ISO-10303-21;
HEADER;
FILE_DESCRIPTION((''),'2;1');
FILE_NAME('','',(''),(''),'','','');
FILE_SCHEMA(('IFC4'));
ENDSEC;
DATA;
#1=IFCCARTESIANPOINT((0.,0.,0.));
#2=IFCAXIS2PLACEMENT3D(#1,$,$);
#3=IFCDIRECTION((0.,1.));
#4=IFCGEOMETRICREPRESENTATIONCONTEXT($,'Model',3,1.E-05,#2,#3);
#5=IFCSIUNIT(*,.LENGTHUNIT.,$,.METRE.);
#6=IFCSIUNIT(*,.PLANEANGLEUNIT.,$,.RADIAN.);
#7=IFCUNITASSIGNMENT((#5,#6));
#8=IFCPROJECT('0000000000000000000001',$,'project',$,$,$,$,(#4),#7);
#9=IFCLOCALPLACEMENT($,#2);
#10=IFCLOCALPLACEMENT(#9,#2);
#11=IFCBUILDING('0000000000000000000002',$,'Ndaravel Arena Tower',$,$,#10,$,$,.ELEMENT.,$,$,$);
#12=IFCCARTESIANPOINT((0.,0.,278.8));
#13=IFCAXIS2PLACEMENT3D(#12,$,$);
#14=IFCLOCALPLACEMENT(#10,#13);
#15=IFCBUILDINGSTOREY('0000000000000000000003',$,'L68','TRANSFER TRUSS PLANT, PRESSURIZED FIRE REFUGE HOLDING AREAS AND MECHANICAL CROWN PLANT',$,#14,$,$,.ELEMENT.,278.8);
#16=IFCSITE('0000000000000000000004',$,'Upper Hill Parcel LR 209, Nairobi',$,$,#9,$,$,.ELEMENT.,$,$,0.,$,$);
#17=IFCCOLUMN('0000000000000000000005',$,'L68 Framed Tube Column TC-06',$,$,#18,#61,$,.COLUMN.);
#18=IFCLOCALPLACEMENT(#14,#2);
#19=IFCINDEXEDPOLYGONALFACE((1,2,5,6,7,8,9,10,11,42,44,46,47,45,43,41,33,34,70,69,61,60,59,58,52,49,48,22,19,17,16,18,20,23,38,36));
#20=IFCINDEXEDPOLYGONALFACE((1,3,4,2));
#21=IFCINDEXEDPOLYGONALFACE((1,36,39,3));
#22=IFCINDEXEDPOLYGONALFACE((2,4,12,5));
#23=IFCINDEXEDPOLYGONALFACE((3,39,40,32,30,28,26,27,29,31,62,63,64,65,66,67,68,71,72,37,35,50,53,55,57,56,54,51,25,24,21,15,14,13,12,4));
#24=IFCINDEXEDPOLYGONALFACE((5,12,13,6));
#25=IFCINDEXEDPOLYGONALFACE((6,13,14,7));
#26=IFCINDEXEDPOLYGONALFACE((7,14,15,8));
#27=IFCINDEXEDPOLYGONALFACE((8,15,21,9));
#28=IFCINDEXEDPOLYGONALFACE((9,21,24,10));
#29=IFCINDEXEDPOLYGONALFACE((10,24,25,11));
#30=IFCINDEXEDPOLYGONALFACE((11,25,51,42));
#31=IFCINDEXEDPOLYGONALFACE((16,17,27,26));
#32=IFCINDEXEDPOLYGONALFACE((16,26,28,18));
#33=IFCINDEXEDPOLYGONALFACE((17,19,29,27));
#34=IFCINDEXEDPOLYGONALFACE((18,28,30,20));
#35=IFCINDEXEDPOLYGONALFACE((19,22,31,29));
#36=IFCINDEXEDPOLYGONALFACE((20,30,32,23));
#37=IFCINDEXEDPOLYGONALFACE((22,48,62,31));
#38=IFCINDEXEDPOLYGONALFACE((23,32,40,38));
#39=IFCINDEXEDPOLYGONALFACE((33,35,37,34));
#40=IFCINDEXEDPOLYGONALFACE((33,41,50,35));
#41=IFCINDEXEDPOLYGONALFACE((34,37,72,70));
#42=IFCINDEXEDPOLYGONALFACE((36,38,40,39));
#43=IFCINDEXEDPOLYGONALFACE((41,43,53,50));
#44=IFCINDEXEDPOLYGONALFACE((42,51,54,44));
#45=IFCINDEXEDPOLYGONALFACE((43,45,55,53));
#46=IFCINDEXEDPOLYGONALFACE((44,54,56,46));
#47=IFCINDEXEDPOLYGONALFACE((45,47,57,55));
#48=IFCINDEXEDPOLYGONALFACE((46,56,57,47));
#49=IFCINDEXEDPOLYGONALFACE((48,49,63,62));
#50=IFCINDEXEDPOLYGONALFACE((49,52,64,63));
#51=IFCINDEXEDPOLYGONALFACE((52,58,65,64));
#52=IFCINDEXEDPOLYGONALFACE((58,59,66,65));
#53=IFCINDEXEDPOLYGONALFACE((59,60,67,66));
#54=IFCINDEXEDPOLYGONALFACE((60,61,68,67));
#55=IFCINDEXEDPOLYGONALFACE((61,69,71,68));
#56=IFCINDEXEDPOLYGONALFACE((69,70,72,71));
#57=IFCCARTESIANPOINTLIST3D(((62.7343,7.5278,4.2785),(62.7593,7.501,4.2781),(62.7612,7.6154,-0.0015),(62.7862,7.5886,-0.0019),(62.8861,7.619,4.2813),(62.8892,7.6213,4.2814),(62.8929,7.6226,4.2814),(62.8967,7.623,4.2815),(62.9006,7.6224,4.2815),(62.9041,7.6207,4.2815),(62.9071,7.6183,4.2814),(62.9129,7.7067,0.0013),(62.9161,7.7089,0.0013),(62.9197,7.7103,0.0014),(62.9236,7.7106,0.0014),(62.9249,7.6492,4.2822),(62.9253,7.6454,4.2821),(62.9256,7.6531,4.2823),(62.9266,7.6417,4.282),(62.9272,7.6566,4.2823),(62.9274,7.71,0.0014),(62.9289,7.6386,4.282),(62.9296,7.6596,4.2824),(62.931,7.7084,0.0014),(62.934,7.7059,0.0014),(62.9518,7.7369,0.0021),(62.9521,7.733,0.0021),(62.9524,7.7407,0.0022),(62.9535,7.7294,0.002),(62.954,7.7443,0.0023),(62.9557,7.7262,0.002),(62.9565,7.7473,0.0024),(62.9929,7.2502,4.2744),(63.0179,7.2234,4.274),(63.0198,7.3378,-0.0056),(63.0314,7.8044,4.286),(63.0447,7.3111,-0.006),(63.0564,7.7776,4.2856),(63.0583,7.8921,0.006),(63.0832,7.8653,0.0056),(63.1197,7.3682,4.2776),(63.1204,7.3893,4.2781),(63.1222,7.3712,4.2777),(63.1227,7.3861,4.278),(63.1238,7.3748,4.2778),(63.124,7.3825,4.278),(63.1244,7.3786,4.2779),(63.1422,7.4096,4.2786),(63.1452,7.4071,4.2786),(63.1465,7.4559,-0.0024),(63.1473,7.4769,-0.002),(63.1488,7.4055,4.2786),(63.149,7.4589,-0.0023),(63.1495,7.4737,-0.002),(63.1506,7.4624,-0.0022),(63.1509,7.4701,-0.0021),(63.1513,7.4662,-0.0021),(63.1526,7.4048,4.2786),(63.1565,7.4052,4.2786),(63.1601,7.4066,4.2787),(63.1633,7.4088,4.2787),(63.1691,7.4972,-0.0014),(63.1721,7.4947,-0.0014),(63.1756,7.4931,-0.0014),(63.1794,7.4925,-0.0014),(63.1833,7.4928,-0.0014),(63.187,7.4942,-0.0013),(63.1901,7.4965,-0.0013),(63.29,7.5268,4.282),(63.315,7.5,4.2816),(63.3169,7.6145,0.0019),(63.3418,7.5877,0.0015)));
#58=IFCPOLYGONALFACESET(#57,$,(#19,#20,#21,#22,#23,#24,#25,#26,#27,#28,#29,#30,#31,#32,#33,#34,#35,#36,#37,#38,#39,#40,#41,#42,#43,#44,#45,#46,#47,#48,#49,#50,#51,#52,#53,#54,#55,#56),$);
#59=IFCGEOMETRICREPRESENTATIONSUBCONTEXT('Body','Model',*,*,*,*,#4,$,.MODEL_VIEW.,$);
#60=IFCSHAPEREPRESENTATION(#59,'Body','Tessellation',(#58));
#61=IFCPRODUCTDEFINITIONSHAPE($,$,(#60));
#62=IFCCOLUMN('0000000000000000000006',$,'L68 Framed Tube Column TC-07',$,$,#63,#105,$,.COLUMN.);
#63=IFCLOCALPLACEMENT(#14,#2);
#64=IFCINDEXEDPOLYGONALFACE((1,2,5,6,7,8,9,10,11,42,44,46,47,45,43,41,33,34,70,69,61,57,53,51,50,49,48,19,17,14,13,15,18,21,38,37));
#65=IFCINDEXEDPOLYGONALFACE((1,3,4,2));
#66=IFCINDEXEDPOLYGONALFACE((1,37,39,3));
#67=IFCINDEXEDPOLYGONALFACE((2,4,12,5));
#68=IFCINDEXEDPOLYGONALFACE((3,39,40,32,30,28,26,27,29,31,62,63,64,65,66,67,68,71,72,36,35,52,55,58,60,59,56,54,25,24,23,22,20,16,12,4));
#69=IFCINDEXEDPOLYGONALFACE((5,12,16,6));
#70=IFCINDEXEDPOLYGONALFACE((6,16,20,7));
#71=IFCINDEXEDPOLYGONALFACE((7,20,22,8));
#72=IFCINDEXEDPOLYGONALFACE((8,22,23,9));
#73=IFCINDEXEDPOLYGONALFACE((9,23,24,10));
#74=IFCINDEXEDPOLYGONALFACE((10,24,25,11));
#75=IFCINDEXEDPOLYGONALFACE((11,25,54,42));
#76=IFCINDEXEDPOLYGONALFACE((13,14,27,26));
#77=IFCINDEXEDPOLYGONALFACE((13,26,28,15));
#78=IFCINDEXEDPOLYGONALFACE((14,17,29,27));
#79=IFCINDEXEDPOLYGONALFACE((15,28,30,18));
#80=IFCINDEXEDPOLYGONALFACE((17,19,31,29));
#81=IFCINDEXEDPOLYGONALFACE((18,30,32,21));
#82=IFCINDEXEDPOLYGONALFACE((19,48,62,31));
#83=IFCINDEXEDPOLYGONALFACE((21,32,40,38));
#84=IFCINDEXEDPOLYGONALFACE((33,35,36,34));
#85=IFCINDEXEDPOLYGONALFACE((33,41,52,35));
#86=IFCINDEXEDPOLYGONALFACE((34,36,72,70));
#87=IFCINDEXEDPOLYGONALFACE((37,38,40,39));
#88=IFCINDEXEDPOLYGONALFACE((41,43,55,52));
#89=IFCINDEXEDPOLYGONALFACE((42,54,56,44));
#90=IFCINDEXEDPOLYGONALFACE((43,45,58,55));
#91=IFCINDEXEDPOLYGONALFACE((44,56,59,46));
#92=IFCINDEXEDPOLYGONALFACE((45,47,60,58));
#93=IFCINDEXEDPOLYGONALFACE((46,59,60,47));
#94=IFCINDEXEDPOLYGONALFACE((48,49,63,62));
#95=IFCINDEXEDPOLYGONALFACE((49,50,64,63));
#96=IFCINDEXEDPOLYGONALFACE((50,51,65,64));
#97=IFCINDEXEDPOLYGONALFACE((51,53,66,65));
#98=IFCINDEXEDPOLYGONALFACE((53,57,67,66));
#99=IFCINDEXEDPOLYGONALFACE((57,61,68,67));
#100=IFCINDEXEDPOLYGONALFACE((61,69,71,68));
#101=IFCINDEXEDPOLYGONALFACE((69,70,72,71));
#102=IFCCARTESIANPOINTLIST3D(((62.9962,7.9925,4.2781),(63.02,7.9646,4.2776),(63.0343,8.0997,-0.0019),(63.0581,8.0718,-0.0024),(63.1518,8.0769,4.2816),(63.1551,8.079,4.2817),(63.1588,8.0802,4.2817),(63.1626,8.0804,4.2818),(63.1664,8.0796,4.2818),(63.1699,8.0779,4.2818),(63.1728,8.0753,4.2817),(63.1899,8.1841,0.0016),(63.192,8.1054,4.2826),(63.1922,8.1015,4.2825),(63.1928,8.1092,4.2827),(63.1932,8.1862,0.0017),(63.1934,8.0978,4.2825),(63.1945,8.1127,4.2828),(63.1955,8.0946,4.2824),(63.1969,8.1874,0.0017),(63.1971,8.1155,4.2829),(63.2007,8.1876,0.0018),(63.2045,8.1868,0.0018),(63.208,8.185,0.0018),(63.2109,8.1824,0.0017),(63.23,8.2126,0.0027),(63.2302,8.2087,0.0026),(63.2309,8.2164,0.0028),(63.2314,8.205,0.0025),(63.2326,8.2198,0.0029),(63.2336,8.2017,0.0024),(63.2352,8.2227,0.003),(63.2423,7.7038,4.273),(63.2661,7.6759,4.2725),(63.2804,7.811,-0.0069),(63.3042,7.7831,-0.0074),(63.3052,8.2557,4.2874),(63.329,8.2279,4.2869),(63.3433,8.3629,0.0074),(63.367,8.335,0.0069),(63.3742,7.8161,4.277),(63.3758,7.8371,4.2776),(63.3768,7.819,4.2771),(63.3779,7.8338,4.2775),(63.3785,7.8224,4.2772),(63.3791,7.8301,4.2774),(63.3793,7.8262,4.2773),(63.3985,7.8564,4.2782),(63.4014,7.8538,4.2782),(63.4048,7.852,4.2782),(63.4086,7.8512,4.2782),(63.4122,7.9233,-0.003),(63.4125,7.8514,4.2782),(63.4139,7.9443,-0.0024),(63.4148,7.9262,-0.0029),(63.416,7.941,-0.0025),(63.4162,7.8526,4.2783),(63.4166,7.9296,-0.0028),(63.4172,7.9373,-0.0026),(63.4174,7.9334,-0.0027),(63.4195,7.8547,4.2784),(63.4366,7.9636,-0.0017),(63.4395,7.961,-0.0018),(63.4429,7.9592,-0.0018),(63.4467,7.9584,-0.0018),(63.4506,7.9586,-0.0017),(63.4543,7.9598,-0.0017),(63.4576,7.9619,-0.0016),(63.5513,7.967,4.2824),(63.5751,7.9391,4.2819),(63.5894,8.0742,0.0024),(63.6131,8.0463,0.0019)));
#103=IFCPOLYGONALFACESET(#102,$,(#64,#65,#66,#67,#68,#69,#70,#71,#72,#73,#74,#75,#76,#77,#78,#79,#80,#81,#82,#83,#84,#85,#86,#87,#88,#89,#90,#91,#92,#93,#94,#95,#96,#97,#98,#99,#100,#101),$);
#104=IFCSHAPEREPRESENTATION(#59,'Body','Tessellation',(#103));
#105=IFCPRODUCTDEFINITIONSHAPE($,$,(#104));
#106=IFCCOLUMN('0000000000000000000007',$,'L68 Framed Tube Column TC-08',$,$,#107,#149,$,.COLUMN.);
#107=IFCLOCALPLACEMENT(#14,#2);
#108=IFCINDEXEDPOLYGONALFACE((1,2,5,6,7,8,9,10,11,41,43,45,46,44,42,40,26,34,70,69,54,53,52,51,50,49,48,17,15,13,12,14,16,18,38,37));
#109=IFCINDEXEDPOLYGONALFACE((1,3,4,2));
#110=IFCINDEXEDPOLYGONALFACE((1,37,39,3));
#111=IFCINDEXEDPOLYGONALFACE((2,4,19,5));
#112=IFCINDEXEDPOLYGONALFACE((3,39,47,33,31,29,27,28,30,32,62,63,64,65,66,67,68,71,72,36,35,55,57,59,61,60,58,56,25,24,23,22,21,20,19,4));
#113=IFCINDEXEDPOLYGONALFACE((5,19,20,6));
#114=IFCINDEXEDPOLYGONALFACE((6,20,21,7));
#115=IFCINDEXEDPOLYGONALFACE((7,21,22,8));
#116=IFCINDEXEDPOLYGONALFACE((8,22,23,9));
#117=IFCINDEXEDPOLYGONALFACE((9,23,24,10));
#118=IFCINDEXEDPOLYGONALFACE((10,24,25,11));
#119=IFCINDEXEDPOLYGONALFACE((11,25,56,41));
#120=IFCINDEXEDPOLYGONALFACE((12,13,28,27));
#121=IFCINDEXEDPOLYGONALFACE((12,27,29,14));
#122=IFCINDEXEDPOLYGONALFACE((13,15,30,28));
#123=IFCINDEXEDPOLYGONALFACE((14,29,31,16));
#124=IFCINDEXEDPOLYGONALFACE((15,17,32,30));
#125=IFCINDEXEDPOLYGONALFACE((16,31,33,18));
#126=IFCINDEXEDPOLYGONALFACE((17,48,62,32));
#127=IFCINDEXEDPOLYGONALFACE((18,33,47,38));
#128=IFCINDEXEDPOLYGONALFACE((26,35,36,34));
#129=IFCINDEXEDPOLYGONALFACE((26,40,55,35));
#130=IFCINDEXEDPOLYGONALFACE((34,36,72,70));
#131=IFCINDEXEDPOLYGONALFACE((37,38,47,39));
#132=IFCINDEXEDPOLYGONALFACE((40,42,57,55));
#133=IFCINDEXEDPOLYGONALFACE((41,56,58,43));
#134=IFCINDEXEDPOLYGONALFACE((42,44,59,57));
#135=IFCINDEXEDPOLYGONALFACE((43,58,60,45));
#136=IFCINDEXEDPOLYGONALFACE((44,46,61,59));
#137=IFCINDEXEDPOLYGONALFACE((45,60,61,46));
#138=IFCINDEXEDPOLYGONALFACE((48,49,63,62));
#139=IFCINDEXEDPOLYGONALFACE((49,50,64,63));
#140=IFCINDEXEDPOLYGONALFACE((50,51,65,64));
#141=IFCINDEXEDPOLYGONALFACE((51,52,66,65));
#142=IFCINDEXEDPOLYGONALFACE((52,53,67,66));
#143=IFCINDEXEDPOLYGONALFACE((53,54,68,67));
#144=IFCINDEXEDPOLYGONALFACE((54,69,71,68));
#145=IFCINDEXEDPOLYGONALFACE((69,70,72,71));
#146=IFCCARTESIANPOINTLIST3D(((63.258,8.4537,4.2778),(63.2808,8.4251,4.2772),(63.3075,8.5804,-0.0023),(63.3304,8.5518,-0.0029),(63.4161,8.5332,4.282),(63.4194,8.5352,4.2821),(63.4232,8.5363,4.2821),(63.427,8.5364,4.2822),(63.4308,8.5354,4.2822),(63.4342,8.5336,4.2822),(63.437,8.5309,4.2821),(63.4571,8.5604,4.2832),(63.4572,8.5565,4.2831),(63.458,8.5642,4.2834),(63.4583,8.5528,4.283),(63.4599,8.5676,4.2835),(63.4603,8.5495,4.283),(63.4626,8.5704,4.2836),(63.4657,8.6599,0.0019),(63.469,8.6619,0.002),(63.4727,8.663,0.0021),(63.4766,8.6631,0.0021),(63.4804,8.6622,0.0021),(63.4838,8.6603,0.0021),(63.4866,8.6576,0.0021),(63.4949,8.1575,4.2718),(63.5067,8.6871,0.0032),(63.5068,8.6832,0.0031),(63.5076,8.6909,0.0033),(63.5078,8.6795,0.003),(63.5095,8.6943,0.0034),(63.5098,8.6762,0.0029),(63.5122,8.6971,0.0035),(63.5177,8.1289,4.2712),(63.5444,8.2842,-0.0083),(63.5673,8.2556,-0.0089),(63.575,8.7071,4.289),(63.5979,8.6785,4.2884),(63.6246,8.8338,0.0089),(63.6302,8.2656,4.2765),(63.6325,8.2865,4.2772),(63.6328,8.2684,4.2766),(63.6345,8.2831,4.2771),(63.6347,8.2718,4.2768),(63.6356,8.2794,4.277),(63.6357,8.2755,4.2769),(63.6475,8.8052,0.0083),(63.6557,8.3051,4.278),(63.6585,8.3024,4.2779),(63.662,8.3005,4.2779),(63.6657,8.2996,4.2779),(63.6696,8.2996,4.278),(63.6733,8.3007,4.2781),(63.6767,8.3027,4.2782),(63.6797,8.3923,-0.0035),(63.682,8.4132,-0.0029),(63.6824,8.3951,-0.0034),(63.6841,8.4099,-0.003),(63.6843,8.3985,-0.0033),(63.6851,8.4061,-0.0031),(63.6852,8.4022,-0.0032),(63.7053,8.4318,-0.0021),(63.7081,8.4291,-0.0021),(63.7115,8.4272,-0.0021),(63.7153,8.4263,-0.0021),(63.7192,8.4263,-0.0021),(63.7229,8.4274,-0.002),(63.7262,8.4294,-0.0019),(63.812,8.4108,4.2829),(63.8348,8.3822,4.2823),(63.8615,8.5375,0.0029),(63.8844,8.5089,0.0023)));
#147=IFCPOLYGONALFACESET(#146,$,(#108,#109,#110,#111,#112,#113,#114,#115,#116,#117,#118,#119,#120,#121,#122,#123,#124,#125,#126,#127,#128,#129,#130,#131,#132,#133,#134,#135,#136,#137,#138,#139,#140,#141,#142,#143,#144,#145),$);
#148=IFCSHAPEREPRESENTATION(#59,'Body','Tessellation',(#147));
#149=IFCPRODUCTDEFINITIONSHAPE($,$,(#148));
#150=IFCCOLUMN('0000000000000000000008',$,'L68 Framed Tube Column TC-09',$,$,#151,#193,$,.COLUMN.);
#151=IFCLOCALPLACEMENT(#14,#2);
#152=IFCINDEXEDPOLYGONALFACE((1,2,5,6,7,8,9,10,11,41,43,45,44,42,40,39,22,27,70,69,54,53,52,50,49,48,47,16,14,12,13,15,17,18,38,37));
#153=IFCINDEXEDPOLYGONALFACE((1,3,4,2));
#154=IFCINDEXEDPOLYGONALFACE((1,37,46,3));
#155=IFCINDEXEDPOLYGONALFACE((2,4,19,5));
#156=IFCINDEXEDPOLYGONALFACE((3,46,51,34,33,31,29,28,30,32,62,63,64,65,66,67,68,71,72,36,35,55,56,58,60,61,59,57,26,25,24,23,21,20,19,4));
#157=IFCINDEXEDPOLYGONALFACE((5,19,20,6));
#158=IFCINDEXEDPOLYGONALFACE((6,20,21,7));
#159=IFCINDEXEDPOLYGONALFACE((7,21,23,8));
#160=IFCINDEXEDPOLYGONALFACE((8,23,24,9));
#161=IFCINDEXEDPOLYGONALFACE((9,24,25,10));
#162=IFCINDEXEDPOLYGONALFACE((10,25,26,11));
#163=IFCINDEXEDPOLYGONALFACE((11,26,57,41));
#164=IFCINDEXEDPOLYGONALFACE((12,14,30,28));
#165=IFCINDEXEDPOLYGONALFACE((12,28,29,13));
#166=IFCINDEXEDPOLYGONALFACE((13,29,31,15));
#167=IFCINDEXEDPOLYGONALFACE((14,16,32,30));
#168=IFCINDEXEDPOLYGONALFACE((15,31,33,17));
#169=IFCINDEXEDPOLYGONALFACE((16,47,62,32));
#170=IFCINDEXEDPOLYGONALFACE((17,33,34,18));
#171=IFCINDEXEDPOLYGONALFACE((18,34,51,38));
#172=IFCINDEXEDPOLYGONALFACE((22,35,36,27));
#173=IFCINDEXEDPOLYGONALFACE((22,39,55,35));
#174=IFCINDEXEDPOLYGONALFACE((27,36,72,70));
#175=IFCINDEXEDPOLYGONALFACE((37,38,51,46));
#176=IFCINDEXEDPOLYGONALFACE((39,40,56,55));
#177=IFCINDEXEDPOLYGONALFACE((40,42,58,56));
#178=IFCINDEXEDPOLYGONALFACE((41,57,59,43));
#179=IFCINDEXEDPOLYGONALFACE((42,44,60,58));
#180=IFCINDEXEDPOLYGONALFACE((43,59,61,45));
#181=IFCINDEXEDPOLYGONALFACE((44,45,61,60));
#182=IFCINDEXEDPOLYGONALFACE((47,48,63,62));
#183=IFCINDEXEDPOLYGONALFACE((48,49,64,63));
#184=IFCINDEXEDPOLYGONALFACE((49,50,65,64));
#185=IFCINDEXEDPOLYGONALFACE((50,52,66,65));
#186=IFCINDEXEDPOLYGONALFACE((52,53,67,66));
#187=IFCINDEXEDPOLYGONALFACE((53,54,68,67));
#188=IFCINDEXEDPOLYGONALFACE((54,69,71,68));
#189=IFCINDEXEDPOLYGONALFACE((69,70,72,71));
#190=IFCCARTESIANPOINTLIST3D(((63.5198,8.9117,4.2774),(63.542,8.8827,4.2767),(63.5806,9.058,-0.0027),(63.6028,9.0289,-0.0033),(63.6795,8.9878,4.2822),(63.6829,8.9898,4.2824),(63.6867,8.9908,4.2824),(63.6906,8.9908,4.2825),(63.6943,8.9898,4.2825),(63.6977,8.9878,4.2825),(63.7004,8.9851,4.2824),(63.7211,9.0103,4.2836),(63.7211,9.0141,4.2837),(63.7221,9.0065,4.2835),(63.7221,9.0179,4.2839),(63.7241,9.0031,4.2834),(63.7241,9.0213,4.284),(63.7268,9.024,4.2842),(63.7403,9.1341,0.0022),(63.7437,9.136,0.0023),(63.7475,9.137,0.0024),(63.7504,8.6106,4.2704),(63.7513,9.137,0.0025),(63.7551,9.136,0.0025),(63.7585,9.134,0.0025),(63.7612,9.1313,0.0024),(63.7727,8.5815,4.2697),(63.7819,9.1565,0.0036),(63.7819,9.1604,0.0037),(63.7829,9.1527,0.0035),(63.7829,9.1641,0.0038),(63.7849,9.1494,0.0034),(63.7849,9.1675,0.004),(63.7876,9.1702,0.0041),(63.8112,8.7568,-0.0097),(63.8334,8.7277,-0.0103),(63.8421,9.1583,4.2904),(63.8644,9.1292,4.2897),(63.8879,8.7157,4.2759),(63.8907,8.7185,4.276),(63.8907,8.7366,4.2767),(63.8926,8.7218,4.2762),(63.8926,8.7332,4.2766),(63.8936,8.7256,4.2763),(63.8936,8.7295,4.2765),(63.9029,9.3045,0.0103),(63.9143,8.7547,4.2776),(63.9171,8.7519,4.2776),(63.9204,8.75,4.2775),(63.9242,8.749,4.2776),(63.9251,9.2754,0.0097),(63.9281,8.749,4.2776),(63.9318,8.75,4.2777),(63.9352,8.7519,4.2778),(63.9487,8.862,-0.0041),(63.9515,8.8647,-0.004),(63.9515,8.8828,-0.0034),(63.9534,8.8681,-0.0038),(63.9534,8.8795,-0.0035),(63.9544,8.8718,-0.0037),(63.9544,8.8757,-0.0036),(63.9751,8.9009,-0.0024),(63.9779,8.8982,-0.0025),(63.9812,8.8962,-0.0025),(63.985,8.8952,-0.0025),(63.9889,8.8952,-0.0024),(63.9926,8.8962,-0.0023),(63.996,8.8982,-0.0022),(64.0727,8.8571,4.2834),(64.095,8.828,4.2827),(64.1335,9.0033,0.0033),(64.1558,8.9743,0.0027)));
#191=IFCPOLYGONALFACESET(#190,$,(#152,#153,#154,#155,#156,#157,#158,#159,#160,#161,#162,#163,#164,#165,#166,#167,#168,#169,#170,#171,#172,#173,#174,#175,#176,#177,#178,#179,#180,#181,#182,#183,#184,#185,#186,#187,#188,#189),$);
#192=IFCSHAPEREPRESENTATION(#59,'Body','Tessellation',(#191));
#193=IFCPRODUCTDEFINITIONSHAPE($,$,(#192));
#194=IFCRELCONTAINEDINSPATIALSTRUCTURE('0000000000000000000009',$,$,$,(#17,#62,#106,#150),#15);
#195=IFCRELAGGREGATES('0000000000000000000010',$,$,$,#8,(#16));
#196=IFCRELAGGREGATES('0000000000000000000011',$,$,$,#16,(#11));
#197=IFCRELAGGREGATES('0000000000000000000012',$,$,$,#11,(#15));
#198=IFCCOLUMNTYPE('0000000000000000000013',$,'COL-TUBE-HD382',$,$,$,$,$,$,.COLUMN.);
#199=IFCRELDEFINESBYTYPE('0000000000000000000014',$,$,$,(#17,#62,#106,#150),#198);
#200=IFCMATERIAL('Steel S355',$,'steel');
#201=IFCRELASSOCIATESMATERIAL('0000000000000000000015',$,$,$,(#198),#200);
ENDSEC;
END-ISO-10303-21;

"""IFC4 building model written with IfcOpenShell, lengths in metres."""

from ifc_helpers import new_model, si_unit, direction, frame, origin, origin_2d, place, context, subcontext, project, spatial, i_section, extrude, material, material_profile, profile_set, type_object, element, save


model = new_model("IFC4")

# Units and contexts
model_context = context("Model", 3, precision=1e-05, world=origin(), true_north=direction((0.0, 1.0)))
body_context = subcontext(model_context, "Body", "Model", "MODEL_VIEW")
ifc_project = project(units=[si_unit("LENGTHUNIT", "METRE"), si_unit("PLANEANGLEUNIT", "RADIAN")], contexts=[model_context])

# Site, building, storey
site_placement = place(None, origin())
site = spatial("IfcSite", under=ifc_project, at=site_placement, Name="Upper Hill Parcel LR 209, Nairobi", CompositionType="ELEMENT", RefElevation=0.0)
building_placement = place(site_placement, origin())
building = spatial("IfcBuilding", under=site, at=building_placement, Name="Ndaravel Arena Tower", CompositionType="ELEMENT")
storey_placement = place(building_placement, frame((0.0, 0.0, 278.8)))
storey = spatial("IfcBuildingStorey", under=building, at=storey_placement, Name="L68", Description="TRANSFER TRUSS PLANT, PRESSURIZED FIRE REFUGE HOLDING AREAS AND MECHANICAL CROWN PLANT", CompositionType="ELEMENT", Elevation=278.8)

# Columns
ifc_material_1 = material(Name="Steel S355", Category="steel")
ifc_material_profile_1 = material_profile(ifc_material_1, i_section(OverallWidth=0.406, OverallDepth=0.416, WebThickness=0.0298, FlangeThickness=0.0366, FilletRadius=0.0149, at=origin_2d()), Name="HD 400x382")
ifc_profile_set_1 = profile_set([ifc_material_profile_1], Name="Steel S355")
column_type = type_object("IfcColumnType", Name="COL-TUBE-HD382", PredefinedType="COLUMN", material=ifc_profile_set_1)
column_1_placement = place(storey_placement, frame((63.0515, 7.6016, 0.0), z_axis=(-0.006273, -0.020473, 0.999771), x_axis=(0.731717, 0.681356, 0.018544)))
element("IfcColumn", 1, at=column_1_placement, inside=storey, type_object=column_type, Name="L68 Framed Tube Column TC-06", PredefinedType="COLUMN", context=body_context, shape_type="SweptSolid", body=[
    extrude(i_section(OverallWidth=0.406, OverallDepth=0.416, WebThickness=0.0298, FlangeThickness=0.0366, FilletRadius=0.0149, at=origin_2d()), origin(), (0.0, 0.0, 1.0), 4.281),
])
column_2_placement = place(storey_placement, frame((63.3237, 8.073, 0.0), z_axis=(-0.008895, -0.025033, 0.999647), x_axis=(0.761015, 0.648326, 0.023007)))
element("IfcColumn", 2, at=column_2_placement, inside=storey, type_object=column_type, Name="L68 Framed Tube Column TC-07", PredefinedType="COLUMN", context=body_context, shape_type="SweptSolid", body=[
    extrude(i_section(OverallWidth=0.406, OverallDepth=0.416, WebThickness=0.0298, FlangeThickness=0.0366, FilletRadius=0.0149, at=origin_2d()), origin(), (0.0, 0.0, 1.0), 4.2815),
])
column_3_placement = place(storey_placement, frame((63.5959, 8.5447, 0.0), z_axis=(-0.011574, -0.02959, 0.999495), x_axis=(0.78095, 0.623987, 0.027516)))
element("IfcColumn", 3, at=column_3_placement, inside=storey, type_object=column_type, Name="L68 Framed Tube Column TC-08", PredefinedType="COLUMN", context=body_context, shape_type="SweptSolid", body=[
    extrude(i_section(OverallWidth=0.406, OverallDepth=0.416, WebThickness=0.0298, FlangeThickness=0.0366, FilletRadius=0.0149, at=origin_2d()), origin(), (0.0, 0.0, 1.0), 4.2822),
])
column_4_placement = place(storey_placement, frame((63.8682, 9.0161, 0.0), z_axis=(-0.014194, -0.034145, 0.999316), x_axis=(0.793894, 0.607213, 0.032023)))
element("IfcColumn", 4, at=column_4_placement, inside=storey, type_object=column_type, Name="L68 Framed Tube Column TC-09", PredefinedType="COLUMN", context=body_context, shape_type="SweptSolid", body=[
    extrude(i_section(OverallWidth=0.406, OverallDepth=0.416, WebThickness=0.0298, FlangeThickness=0.0366, FilletRadius=0.0149, at=origin_2d()), origin(), (0.0, 0.0, 1.0), 4.283),
])

save(model, "model.ifc")
